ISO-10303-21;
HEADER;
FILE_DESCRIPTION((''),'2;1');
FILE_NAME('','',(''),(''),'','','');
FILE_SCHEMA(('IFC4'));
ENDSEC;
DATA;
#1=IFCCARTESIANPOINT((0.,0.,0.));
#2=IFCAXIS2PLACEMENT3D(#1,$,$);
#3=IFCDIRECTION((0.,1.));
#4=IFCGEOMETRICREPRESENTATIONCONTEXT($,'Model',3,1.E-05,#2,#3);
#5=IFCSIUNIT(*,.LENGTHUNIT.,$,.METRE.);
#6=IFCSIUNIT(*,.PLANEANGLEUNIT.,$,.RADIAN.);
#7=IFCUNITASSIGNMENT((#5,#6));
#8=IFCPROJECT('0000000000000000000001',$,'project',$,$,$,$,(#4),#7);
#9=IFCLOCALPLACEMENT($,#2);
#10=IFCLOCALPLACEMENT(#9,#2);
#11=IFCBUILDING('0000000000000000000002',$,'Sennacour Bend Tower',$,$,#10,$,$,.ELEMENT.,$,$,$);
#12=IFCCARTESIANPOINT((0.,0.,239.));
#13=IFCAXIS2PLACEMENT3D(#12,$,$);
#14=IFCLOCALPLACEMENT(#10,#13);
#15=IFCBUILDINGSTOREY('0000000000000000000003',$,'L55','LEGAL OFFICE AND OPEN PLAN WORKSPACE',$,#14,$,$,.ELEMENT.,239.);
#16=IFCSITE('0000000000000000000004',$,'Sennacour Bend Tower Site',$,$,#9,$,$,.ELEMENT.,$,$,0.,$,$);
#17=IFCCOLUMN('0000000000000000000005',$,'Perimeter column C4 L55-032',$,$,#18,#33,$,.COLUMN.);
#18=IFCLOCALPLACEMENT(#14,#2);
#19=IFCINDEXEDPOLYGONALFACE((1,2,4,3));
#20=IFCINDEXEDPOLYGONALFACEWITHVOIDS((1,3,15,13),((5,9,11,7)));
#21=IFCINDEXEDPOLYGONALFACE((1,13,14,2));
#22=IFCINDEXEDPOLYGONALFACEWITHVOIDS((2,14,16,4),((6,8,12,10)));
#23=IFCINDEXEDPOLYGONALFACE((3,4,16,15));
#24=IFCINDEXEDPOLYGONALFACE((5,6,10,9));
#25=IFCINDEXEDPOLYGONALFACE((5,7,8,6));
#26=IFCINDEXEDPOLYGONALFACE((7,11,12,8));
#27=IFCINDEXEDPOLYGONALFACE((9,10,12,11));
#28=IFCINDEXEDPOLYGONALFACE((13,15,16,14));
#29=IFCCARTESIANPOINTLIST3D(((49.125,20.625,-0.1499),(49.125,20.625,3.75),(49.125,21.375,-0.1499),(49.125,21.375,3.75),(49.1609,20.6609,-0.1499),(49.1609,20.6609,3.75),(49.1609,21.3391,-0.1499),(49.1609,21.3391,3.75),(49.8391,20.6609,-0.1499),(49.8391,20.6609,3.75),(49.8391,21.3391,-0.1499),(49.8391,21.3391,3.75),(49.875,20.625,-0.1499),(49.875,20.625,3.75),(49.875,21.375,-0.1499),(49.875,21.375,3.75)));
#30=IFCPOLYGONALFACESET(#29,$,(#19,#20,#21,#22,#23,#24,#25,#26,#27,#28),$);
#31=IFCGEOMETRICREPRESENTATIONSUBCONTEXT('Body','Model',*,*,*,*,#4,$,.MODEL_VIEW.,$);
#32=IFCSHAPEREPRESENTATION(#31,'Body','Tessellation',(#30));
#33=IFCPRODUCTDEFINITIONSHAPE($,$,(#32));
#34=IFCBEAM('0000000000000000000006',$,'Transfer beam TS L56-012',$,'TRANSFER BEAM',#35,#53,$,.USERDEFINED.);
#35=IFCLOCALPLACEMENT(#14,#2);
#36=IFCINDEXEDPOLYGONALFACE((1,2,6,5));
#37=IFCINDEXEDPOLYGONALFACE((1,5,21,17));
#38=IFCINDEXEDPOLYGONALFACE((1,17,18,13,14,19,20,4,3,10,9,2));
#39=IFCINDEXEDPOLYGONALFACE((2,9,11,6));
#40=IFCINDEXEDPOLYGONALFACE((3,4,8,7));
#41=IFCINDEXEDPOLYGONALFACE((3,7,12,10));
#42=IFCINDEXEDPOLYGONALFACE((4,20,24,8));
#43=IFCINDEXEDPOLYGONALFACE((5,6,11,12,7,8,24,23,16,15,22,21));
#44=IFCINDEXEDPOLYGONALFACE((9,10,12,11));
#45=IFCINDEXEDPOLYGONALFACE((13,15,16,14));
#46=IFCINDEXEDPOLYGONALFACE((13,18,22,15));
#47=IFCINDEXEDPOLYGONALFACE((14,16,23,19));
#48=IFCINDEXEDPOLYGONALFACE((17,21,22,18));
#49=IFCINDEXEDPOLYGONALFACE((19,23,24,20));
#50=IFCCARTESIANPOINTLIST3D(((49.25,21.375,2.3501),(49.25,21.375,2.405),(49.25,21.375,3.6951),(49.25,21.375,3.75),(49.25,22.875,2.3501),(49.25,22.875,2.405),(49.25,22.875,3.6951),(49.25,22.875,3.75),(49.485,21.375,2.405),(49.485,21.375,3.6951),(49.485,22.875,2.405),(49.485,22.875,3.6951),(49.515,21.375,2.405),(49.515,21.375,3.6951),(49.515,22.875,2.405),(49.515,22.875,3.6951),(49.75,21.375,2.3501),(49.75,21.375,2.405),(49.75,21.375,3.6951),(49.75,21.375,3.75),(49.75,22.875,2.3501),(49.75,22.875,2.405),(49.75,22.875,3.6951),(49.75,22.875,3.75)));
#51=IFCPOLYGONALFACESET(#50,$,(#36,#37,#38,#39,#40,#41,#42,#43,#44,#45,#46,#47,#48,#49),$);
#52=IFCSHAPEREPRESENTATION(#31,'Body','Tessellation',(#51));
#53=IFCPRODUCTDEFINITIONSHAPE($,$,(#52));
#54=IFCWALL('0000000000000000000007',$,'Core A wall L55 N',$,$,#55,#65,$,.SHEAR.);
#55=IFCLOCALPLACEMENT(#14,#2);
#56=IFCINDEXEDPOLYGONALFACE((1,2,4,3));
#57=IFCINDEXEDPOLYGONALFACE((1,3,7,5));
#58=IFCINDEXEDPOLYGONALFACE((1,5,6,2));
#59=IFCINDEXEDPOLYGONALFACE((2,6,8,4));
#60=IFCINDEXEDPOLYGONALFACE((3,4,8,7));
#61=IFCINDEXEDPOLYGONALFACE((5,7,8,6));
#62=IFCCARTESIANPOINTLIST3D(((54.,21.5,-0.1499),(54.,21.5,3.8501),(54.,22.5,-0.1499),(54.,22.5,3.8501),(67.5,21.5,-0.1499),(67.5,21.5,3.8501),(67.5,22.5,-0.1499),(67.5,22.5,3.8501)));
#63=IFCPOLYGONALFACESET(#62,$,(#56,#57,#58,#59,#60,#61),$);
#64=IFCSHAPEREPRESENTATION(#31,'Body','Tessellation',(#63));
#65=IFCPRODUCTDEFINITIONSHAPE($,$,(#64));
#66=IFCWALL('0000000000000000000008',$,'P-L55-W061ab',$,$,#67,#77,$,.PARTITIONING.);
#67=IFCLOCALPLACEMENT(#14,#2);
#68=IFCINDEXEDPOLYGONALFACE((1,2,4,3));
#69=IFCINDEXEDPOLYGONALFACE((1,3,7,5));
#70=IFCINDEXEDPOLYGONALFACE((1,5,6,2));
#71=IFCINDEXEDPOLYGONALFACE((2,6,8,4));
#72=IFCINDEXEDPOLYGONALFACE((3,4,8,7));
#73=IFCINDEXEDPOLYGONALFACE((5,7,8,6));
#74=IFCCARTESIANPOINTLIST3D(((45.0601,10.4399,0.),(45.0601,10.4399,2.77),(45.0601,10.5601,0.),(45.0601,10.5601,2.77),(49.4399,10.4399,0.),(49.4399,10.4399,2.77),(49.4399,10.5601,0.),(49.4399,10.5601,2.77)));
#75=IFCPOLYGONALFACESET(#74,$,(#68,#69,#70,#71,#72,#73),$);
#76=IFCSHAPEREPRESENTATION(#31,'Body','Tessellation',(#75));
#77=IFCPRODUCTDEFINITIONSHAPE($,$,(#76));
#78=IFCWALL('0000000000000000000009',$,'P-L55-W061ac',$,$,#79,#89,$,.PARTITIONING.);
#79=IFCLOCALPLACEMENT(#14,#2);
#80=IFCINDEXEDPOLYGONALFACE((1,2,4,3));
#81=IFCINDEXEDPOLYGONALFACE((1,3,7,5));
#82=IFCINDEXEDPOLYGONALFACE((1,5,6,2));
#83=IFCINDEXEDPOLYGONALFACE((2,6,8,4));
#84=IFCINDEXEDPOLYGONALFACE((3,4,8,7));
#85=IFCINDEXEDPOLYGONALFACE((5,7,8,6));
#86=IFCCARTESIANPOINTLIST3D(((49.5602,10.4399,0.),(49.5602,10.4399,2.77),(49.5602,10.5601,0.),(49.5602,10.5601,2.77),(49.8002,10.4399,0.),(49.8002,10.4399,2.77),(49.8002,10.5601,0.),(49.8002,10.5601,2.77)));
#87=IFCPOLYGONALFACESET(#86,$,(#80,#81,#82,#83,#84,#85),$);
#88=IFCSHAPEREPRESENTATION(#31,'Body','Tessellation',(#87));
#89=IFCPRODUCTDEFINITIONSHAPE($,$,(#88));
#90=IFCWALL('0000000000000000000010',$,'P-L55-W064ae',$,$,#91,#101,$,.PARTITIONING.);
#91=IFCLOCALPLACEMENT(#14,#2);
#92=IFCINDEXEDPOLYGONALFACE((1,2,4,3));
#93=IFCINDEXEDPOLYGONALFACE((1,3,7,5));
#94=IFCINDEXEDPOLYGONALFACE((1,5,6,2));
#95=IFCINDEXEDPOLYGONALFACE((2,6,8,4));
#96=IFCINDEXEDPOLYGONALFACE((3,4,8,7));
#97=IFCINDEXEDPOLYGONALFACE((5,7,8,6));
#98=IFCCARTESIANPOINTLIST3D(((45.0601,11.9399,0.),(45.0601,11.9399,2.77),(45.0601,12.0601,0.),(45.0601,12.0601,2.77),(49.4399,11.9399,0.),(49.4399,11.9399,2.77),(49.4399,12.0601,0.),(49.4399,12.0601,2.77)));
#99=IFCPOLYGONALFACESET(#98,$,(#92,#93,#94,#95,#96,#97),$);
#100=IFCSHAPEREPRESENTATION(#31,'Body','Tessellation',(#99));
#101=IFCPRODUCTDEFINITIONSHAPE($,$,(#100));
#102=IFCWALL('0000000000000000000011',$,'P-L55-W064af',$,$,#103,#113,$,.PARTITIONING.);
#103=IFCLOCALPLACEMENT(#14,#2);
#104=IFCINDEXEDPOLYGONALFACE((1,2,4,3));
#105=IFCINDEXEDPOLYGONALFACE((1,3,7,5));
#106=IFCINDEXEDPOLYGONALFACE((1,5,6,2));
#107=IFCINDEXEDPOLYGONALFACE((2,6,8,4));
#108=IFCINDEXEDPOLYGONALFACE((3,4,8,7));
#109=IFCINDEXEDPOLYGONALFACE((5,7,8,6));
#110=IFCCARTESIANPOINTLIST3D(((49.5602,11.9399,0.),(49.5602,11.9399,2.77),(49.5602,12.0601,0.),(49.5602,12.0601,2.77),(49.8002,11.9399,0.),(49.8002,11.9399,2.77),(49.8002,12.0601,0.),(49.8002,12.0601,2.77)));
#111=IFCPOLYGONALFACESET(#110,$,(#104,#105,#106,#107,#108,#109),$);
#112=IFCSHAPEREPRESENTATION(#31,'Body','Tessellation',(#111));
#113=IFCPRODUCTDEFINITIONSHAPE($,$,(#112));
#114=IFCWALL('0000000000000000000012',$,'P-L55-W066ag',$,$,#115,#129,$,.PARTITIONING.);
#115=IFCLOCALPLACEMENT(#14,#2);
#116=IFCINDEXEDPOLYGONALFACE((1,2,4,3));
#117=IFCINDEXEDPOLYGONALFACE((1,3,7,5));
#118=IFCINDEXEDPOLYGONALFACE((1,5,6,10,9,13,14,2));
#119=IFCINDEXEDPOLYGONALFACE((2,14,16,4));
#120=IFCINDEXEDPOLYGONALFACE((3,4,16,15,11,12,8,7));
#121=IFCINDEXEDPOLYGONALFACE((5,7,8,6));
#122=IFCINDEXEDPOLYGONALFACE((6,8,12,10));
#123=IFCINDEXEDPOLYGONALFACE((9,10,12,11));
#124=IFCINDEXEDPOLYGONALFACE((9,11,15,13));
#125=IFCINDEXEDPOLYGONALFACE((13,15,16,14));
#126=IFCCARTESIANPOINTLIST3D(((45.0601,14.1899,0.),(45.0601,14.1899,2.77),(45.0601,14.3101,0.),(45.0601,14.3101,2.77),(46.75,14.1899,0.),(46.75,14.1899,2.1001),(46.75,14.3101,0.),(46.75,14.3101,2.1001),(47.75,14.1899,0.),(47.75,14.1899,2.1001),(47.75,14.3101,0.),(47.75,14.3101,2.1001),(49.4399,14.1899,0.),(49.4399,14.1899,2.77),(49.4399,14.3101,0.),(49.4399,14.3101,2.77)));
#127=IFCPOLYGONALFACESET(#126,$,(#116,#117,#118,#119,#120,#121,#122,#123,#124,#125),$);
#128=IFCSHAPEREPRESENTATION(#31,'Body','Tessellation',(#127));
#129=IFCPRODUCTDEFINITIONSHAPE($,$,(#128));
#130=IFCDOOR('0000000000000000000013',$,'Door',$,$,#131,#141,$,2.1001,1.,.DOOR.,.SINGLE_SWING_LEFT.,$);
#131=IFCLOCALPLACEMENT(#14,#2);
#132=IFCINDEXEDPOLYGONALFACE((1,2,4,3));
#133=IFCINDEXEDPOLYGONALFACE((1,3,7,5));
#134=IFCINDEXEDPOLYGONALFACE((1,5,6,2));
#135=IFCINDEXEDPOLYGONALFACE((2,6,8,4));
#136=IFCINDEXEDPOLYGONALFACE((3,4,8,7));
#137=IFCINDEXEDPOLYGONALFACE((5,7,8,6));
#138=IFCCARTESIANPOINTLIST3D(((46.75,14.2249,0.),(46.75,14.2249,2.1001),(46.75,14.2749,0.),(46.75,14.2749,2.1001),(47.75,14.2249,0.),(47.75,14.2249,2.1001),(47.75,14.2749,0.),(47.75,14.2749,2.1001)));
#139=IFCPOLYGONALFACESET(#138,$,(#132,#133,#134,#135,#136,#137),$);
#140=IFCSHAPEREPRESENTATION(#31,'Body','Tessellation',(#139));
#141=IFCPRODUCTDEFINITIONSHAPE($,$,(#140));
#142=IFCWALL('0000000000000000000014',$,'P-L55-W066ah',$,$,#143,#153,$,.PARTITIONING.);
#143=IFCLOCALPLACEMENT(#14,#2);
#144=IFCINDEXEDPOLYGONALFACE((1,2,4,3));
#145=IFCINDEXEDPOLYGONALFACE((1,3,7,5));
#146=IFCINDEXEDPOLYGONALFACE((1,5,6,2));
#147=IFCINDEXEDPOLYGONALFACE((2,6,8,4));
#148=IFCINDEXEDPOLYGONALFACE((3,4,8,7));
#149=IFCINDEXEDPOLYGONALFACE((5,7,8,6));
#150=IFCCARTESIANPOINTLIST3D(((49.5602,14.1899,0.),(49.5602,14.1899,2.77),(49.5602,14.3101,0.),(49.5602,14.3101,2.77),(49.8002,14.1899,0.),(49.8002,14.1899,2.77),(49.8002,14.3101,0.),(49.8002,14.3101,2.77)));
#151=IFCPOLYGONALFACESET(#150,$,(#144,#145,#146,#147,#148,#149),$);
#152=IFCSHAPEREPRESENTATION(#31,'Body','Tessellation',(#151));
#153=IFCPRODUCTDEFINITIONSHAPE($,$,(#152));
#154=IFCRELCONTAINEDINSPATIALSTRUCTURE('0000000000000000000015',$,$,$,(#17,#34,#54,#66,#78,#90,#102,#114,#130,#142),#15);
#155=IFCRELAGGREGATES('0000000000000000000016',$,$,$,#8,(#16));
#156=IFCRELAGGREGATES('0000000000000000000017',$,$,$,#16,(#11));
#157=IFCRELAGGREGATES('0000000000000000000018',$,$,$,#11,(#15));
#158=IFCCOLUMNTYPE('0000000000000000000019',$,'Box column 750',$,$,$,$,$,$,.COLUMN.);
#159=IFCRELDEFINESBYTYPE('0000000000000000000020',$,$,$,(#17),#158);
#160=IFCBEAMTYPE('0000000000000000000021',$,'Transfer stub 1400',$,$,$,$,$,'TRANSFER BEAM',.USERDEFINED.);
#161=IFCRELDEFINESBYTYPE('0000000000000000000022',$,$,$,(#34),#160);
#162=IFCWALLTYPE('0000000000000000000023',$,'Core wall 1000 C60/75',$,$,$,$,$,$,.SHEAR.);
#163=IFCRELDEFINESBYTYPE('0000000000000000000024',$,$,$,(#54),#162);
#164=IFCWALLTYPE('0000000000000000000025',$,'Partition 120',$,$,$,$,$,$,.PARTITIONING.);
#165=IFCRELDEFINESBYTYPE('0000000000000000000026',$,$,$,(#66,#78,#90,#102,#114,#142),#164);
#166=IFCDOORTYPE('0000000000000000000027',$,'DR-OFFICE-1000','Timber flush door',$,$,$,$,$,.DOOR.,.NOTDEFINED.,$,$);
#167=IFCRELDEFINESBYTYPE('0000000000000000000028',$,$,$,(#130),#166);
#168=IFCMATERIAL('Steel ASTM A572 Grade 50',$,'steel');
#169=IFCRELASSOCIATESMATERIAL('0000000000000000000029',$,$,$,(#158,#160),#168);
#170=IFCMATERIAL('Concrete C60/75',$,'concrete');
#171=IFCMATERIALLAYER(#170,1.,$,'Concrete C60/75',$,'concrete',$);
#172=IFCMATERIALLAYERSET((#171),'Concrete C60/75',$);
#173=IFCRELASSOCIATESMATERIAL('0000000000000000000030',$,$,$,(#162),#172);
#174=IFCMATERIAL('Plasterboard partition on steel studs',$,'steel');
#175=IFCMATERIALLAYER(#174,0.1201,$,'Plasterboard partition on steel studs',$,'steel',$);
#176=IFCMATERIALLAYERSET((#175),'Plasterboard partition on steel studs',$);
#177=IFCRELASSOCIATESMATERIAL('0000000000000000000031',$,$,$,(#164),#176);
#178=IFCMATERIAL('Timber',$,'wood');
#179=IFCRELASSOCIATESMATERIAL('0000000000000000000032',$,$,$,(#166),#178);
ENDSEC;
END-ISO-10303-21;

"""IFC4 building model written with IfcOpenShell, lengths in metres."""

from ifc_helpers import new_model, si_unit, direction, frame, frame_2d, origin, origin_2d, place, context, subcontext, project, spatial, rectangle, hollow_rectangle, i_section, extrude, material, layer, layer_set, material_profile, profile_set, type_object, element, fill, save


model = new_model("IFC4")

# Units and contexts
model_context = context("Model", 3, precision=1e-05, world=origin(), true_north=direction((0.0, 1.0)))
body_context = subcontext(model_context, "Body", "Model", "MODEL_VIEW")
ifc_project = project(units=[si_unit("LENGTHUNIT", "METRE"), si_unit("PLANEANGLEUNIT", "RADIAN")], contexts=[model_context])

# Site, building, storey
site_placement = place(None, origin())
site = spatial("IfcSite", under=ifc_project, at=site_placement, Name="Sennacour Bend Tower Site", CompositionType="ELEMENT", RefElevation=0.0)
building_placement = place(site_placement, origin())
building = spatial("IfcBuilding", under=site, at=building_placement, Name="Sennacour Bend Tower", CompositionType="ELEMENT")
storey_placement = place(building_placement, frame((0.0, 0.0, 239.0)))
storey = spatial("IfcBuildingStorey", under=building, at=storey_placement, Name="L55", Description="LEGAL OFFICE AND OPEN PLAN WORKSPACE", CompositionType="ELEMENT", Elevation=239.0)

# Column
ifc_material_1 = material(Name="Steel ASTM A572 Grade 50", Category="steel")
ifc_material_profile_1 = material_profile(ifc_material_1, hollow_rectangle(XDim=0.75, YDim=0.75, WallThickness=0.0359, at=origin_2d()), Name="Steel ASTM A572 Grade 50", Category="steel")
ifc_profile_set_1 = profile_set([ifc_material_profile_1], Name="Steel ASTM A572 Grade 50")
column_type = type_object("IfcColumnType", Name="Box column 750", PredefinedType="COLUMN", material=ifc_profile_set_1)
column_placement = place(storey_placement, frame((49.5, 21.0, -0.1499), z_axis=(0.0, 0.0, 1.0), x_axis=(1.0, 0.0, 0.0)))
element("IfcColumn", 1, at=column_placement, inside=storey, type_object=column_type, Name="Perimeter column C4 L55-032", PredefinedType="COLUMN", context=body_context, shape_type="SweptSolid", body=[
    extrude(hollow_rectangle(XDim=0.75, YDim=0.75, WallThickness=0.0359, at=origin_2d()), origin(), (0.0, 0.0, 1.0), 3.8999),
])

# Beam
ifc_material_profile_2 = material_profile(ifc_material_1, i_section(OverallWidth=0.5, OverallDepth=1.3999, WebThickness=0.03, FlangeThickness=0.0549, at=origin_2d()), Name="Steel ASTM A572 Grade 50", Category="steel")
ifc_profile_set_2 = profile_set([ifc_material_profile_2], Name="Steel ASTM A572 Grade 50")
beam_type = type_object("IfcBeamType", Name="Transfer stub 1400", ElementType="TRANSFER BEAM", PredefinedType="USERDEFINED", material=ifc_profile_set_2)
beam_placement = place(storey_placement, frame((49.5, 21.375, 3.05), z_axis=(0.0, 1.0, 0.0), x_axis=(-1.0, 0.0, 0.0)))
element("IfcBeam", 2, at=beam_placement, inside=storey, type_object=beam_type, Name="Transfer beam TS L56-012", ObjectType="TRANSFER BEAM", PredefinedType="USERDEFINED", context=body_context, shape_type="SweptSolid", body=[
    extrude(i_section(OverallWidth=0.5, OverallDepth=1.3999, WebThickness=0.03, FlangeThickness=0.0549, at=origin_2d()), origin(), (0.0, 0.0, 1.0), 1.5),
])

# Walls
ifc_material_2 = material(Name="Concrete C60/75", Category="concrete")
ifc_layer_1 = layer(ifc_material_2, 1.0, Name="Concrete C60/75", Category="concrete")
ifc_layer_set_1 = layer_set([ifc_layer_1], Name="Concrete C60/75")
wall_type_1 = type_object("IfcWallType", Name="Core wall 1000 C60/75", PredefinedType="SHEAR", material=ifc_layer_set_1)
wall_1_placement = place(storey_placement, frame((54.0, 22.0, -0.1499), z_axis=(0.0, 0.0, 1.0), x_axis=(1.0, 0.0, 0.0)))
element("IfcWall", 3, at=wall_1_placement, inside=storey, type_object=wall_type_1, Name="Core A wall L55 N", PredefinedType="SHEAR", context=body_context, shape_type="SweptSolid", body=[
    extrude(rectangle(XDim=13.5, YDim=1.0, at=frame_2d((6.75, 0.0))), origin(), (0.0, 0.0, 1.0), 4.0),
])
ifc_material_3 = material(Name="Plasterboard partition on steel studs", Category="steel")
ifc_layer_2 = layer(ifc_material_3, 0.1201, Name="Plasterboard partition on steel studs", Category="steel")
ifc_layer_set_2 = layer_set([ifc_layer_2], Name="Plasterboard partition on steel studs")
wall_type_2 = type_object("IfcWallType", Name="Partition 120", PredefinedType="PARTITIONING", material=ifc_layer_set_2)
wall_2_placement = place(storey_placement, frame((45.0601, 10.5, 0.0), z_axis=(0.0, 0.0, 1.0), x_axis=(1.0, 0.0, 0.0)))
element("IfcWall", 4, at=wall_2_placement, inside=storey, type_object=wall_type_2, Name="P-L55-W061ab", PredefinedType="PARTITIONING", context=body_context, shape_type="SweptSolid", body=[
    extrude(rectangle(XDim=4.3799, YDim=0.1201, at=frame_2d((2.1899, 0.0))), origin(), (0.0, 0.0, 1.0), 2.77),
])
wall_3_placement = place(storey_placement, frame((49.5601, 10.5, 0.0), z_axis=(0.0, 0.0, 1.0), x_axis=(1.0, 0.0, 0.0)))
element("IfcWall", 5, at=wall_3_placement, inside=storey, type_object=wall_type_2, Name="P-L55-W061ac", PredefinedType="PARTITIONING", context=body_context, shape_type="SweptSolid", body=[
    extrude(rectangle(XDim=0.24, YDim=0.1201, at=frame_2d((0.1201, 0.0))), origin(), (0.0, 0.0, 1.0), 2.77),
])
wall_4_placement = place(storey_placement, frame((45.0601, 12.0, 0.0), z_axis=(0.0, 0.0, 1.0), x_axis=(1.0, 0.0, 0.0)))
element("IfcWall", 6, at=wall_4_placement, inside=storey, type_object=wall_type_2, Name="P-L55-W064ae", PredefinedType="PARTITIONING", context=body_context, shape_type="SweptSolid", body=[
    extrude(rectangle(XDim=4.3799, YDim=0.1201, at=frame_2d((2.1899, 0.0))), origin(), (0.0, 0.0, 1.0), 2.77),
])
wall_5_placement = place(storey_placement, frame((49.5601, 12.0, 0.0), z_axis=(0.0, 0.0, 1.0), x_axis=(1.0, 0.0, 0.0)))
element("IfcWall", 7, at=wall_5_placement, inside=storey, type_object=wall_type_2, Name="P-L55-W064af", PredefinedType="PARTITIONING", context=body_context, shape_type="SweptSolid", body=[
    extrude(rectangle(XDim=0.24, YDim=0.1201, at=frame_2d((0.1201, 0.0))), origin(), (0.0, 0.0, 1.0), 2.77),
])

# Wall, opening, door
wall_6_placement = place(storey_placement, frame((45.0601, 14.25, 0.0), z_axis=(0.0, 0.0, 1.0), x_axis=(1.0, 0.0, 0.0)))
wall_6 = element("IfcWall", 8, at=wall_6_placement, inside=storey, type_object=wall_type_2, Name="P-L55-W066ag", PredefinedType="PARTITIONING", context=body_context, shape_type="SweptSolid", body=[
    extrude(rectangle(XDim=4.3799, YDim=0.1201, at=frame_2d((2.1899, 0.0))), origin(), (0.0, 0.0, 1.0), 2.77),
])
opening_1_placement = place(wall_6_placement, frame((1.6899, 0.0, 0.0)))
opening_1 = element("IfcOpeningElement", 9, at=opening_1_placement, cuts=wall_6, PredefinedType="OPENING", context=body_context, shape_type="SweptSolid", body=[
    extrude(rectangle(XDim=1.0, YDim=2.1001, at=frame_2d((0.5, 1.05))), frame((0.0, 0.0701, 0.0), z_axis=(0.0, -1.0, 0.0), x_axis=(1.0, 0.0, 0.0)), (0.0, 0.0, 1.0), 0.1401),
])
ifc_material_4 = material(Name="Timber", Category="wood")
door_type_1 = type_object("IfcDoorType", Name="DR-OFFICE-1000", Description="Timber flush door", OperationType="NOTDEFINED", PredefinedType="DOOR", material=ifc_material_4)
door_1_placement = place(opening_1_placement, origin())
door_1 = element("IfcDoor", 10, at=door_1_placement, inside=storey, type_object=door_type_1, Name="Door", OperationType="SINGLE_SWING_LEFT", OverallHeight=2.1001, OverallWidth=1.0, PredefinedType="DOOR", context=body_context, shape_type="SweptSolid", body=[
    extrude(rectangle(XDim=1.0, YDim=2.1001, at=frame_2d((0.5, 1.05))), frame((0.0, 0.0249, 0.0), z_axis=(0.0, -1.0, 0.0), x_axis=(1.0, 0.0, 0.0)), (0.0, 0.0, 1.0), 0.05),
])
fill(opening_1, door_1)

# Wall
wall_7_placement = place(storey_placement, frame((49.5601, 14.25, 0.0), z_axis=(0.0, 0.0, 1.0), x_axis=(1.0, 0.0, 0.0)))
element("IfcWall", 11, at=wall_7_placement, inside=storey, type_object=wall_type_2, Name="P-L55-W066ah", PredefinedType="PARTITIONING", context=body_context, shape_type="SweptSolid", body=[
    extrude(rectangle(XDim=0.24, YDim=0.1201, at=frame_2d((0.1201, 0.0))), origin(), (0.0, 0.0, 1.0), 2.77),
])

save(model, "model.ifc")
